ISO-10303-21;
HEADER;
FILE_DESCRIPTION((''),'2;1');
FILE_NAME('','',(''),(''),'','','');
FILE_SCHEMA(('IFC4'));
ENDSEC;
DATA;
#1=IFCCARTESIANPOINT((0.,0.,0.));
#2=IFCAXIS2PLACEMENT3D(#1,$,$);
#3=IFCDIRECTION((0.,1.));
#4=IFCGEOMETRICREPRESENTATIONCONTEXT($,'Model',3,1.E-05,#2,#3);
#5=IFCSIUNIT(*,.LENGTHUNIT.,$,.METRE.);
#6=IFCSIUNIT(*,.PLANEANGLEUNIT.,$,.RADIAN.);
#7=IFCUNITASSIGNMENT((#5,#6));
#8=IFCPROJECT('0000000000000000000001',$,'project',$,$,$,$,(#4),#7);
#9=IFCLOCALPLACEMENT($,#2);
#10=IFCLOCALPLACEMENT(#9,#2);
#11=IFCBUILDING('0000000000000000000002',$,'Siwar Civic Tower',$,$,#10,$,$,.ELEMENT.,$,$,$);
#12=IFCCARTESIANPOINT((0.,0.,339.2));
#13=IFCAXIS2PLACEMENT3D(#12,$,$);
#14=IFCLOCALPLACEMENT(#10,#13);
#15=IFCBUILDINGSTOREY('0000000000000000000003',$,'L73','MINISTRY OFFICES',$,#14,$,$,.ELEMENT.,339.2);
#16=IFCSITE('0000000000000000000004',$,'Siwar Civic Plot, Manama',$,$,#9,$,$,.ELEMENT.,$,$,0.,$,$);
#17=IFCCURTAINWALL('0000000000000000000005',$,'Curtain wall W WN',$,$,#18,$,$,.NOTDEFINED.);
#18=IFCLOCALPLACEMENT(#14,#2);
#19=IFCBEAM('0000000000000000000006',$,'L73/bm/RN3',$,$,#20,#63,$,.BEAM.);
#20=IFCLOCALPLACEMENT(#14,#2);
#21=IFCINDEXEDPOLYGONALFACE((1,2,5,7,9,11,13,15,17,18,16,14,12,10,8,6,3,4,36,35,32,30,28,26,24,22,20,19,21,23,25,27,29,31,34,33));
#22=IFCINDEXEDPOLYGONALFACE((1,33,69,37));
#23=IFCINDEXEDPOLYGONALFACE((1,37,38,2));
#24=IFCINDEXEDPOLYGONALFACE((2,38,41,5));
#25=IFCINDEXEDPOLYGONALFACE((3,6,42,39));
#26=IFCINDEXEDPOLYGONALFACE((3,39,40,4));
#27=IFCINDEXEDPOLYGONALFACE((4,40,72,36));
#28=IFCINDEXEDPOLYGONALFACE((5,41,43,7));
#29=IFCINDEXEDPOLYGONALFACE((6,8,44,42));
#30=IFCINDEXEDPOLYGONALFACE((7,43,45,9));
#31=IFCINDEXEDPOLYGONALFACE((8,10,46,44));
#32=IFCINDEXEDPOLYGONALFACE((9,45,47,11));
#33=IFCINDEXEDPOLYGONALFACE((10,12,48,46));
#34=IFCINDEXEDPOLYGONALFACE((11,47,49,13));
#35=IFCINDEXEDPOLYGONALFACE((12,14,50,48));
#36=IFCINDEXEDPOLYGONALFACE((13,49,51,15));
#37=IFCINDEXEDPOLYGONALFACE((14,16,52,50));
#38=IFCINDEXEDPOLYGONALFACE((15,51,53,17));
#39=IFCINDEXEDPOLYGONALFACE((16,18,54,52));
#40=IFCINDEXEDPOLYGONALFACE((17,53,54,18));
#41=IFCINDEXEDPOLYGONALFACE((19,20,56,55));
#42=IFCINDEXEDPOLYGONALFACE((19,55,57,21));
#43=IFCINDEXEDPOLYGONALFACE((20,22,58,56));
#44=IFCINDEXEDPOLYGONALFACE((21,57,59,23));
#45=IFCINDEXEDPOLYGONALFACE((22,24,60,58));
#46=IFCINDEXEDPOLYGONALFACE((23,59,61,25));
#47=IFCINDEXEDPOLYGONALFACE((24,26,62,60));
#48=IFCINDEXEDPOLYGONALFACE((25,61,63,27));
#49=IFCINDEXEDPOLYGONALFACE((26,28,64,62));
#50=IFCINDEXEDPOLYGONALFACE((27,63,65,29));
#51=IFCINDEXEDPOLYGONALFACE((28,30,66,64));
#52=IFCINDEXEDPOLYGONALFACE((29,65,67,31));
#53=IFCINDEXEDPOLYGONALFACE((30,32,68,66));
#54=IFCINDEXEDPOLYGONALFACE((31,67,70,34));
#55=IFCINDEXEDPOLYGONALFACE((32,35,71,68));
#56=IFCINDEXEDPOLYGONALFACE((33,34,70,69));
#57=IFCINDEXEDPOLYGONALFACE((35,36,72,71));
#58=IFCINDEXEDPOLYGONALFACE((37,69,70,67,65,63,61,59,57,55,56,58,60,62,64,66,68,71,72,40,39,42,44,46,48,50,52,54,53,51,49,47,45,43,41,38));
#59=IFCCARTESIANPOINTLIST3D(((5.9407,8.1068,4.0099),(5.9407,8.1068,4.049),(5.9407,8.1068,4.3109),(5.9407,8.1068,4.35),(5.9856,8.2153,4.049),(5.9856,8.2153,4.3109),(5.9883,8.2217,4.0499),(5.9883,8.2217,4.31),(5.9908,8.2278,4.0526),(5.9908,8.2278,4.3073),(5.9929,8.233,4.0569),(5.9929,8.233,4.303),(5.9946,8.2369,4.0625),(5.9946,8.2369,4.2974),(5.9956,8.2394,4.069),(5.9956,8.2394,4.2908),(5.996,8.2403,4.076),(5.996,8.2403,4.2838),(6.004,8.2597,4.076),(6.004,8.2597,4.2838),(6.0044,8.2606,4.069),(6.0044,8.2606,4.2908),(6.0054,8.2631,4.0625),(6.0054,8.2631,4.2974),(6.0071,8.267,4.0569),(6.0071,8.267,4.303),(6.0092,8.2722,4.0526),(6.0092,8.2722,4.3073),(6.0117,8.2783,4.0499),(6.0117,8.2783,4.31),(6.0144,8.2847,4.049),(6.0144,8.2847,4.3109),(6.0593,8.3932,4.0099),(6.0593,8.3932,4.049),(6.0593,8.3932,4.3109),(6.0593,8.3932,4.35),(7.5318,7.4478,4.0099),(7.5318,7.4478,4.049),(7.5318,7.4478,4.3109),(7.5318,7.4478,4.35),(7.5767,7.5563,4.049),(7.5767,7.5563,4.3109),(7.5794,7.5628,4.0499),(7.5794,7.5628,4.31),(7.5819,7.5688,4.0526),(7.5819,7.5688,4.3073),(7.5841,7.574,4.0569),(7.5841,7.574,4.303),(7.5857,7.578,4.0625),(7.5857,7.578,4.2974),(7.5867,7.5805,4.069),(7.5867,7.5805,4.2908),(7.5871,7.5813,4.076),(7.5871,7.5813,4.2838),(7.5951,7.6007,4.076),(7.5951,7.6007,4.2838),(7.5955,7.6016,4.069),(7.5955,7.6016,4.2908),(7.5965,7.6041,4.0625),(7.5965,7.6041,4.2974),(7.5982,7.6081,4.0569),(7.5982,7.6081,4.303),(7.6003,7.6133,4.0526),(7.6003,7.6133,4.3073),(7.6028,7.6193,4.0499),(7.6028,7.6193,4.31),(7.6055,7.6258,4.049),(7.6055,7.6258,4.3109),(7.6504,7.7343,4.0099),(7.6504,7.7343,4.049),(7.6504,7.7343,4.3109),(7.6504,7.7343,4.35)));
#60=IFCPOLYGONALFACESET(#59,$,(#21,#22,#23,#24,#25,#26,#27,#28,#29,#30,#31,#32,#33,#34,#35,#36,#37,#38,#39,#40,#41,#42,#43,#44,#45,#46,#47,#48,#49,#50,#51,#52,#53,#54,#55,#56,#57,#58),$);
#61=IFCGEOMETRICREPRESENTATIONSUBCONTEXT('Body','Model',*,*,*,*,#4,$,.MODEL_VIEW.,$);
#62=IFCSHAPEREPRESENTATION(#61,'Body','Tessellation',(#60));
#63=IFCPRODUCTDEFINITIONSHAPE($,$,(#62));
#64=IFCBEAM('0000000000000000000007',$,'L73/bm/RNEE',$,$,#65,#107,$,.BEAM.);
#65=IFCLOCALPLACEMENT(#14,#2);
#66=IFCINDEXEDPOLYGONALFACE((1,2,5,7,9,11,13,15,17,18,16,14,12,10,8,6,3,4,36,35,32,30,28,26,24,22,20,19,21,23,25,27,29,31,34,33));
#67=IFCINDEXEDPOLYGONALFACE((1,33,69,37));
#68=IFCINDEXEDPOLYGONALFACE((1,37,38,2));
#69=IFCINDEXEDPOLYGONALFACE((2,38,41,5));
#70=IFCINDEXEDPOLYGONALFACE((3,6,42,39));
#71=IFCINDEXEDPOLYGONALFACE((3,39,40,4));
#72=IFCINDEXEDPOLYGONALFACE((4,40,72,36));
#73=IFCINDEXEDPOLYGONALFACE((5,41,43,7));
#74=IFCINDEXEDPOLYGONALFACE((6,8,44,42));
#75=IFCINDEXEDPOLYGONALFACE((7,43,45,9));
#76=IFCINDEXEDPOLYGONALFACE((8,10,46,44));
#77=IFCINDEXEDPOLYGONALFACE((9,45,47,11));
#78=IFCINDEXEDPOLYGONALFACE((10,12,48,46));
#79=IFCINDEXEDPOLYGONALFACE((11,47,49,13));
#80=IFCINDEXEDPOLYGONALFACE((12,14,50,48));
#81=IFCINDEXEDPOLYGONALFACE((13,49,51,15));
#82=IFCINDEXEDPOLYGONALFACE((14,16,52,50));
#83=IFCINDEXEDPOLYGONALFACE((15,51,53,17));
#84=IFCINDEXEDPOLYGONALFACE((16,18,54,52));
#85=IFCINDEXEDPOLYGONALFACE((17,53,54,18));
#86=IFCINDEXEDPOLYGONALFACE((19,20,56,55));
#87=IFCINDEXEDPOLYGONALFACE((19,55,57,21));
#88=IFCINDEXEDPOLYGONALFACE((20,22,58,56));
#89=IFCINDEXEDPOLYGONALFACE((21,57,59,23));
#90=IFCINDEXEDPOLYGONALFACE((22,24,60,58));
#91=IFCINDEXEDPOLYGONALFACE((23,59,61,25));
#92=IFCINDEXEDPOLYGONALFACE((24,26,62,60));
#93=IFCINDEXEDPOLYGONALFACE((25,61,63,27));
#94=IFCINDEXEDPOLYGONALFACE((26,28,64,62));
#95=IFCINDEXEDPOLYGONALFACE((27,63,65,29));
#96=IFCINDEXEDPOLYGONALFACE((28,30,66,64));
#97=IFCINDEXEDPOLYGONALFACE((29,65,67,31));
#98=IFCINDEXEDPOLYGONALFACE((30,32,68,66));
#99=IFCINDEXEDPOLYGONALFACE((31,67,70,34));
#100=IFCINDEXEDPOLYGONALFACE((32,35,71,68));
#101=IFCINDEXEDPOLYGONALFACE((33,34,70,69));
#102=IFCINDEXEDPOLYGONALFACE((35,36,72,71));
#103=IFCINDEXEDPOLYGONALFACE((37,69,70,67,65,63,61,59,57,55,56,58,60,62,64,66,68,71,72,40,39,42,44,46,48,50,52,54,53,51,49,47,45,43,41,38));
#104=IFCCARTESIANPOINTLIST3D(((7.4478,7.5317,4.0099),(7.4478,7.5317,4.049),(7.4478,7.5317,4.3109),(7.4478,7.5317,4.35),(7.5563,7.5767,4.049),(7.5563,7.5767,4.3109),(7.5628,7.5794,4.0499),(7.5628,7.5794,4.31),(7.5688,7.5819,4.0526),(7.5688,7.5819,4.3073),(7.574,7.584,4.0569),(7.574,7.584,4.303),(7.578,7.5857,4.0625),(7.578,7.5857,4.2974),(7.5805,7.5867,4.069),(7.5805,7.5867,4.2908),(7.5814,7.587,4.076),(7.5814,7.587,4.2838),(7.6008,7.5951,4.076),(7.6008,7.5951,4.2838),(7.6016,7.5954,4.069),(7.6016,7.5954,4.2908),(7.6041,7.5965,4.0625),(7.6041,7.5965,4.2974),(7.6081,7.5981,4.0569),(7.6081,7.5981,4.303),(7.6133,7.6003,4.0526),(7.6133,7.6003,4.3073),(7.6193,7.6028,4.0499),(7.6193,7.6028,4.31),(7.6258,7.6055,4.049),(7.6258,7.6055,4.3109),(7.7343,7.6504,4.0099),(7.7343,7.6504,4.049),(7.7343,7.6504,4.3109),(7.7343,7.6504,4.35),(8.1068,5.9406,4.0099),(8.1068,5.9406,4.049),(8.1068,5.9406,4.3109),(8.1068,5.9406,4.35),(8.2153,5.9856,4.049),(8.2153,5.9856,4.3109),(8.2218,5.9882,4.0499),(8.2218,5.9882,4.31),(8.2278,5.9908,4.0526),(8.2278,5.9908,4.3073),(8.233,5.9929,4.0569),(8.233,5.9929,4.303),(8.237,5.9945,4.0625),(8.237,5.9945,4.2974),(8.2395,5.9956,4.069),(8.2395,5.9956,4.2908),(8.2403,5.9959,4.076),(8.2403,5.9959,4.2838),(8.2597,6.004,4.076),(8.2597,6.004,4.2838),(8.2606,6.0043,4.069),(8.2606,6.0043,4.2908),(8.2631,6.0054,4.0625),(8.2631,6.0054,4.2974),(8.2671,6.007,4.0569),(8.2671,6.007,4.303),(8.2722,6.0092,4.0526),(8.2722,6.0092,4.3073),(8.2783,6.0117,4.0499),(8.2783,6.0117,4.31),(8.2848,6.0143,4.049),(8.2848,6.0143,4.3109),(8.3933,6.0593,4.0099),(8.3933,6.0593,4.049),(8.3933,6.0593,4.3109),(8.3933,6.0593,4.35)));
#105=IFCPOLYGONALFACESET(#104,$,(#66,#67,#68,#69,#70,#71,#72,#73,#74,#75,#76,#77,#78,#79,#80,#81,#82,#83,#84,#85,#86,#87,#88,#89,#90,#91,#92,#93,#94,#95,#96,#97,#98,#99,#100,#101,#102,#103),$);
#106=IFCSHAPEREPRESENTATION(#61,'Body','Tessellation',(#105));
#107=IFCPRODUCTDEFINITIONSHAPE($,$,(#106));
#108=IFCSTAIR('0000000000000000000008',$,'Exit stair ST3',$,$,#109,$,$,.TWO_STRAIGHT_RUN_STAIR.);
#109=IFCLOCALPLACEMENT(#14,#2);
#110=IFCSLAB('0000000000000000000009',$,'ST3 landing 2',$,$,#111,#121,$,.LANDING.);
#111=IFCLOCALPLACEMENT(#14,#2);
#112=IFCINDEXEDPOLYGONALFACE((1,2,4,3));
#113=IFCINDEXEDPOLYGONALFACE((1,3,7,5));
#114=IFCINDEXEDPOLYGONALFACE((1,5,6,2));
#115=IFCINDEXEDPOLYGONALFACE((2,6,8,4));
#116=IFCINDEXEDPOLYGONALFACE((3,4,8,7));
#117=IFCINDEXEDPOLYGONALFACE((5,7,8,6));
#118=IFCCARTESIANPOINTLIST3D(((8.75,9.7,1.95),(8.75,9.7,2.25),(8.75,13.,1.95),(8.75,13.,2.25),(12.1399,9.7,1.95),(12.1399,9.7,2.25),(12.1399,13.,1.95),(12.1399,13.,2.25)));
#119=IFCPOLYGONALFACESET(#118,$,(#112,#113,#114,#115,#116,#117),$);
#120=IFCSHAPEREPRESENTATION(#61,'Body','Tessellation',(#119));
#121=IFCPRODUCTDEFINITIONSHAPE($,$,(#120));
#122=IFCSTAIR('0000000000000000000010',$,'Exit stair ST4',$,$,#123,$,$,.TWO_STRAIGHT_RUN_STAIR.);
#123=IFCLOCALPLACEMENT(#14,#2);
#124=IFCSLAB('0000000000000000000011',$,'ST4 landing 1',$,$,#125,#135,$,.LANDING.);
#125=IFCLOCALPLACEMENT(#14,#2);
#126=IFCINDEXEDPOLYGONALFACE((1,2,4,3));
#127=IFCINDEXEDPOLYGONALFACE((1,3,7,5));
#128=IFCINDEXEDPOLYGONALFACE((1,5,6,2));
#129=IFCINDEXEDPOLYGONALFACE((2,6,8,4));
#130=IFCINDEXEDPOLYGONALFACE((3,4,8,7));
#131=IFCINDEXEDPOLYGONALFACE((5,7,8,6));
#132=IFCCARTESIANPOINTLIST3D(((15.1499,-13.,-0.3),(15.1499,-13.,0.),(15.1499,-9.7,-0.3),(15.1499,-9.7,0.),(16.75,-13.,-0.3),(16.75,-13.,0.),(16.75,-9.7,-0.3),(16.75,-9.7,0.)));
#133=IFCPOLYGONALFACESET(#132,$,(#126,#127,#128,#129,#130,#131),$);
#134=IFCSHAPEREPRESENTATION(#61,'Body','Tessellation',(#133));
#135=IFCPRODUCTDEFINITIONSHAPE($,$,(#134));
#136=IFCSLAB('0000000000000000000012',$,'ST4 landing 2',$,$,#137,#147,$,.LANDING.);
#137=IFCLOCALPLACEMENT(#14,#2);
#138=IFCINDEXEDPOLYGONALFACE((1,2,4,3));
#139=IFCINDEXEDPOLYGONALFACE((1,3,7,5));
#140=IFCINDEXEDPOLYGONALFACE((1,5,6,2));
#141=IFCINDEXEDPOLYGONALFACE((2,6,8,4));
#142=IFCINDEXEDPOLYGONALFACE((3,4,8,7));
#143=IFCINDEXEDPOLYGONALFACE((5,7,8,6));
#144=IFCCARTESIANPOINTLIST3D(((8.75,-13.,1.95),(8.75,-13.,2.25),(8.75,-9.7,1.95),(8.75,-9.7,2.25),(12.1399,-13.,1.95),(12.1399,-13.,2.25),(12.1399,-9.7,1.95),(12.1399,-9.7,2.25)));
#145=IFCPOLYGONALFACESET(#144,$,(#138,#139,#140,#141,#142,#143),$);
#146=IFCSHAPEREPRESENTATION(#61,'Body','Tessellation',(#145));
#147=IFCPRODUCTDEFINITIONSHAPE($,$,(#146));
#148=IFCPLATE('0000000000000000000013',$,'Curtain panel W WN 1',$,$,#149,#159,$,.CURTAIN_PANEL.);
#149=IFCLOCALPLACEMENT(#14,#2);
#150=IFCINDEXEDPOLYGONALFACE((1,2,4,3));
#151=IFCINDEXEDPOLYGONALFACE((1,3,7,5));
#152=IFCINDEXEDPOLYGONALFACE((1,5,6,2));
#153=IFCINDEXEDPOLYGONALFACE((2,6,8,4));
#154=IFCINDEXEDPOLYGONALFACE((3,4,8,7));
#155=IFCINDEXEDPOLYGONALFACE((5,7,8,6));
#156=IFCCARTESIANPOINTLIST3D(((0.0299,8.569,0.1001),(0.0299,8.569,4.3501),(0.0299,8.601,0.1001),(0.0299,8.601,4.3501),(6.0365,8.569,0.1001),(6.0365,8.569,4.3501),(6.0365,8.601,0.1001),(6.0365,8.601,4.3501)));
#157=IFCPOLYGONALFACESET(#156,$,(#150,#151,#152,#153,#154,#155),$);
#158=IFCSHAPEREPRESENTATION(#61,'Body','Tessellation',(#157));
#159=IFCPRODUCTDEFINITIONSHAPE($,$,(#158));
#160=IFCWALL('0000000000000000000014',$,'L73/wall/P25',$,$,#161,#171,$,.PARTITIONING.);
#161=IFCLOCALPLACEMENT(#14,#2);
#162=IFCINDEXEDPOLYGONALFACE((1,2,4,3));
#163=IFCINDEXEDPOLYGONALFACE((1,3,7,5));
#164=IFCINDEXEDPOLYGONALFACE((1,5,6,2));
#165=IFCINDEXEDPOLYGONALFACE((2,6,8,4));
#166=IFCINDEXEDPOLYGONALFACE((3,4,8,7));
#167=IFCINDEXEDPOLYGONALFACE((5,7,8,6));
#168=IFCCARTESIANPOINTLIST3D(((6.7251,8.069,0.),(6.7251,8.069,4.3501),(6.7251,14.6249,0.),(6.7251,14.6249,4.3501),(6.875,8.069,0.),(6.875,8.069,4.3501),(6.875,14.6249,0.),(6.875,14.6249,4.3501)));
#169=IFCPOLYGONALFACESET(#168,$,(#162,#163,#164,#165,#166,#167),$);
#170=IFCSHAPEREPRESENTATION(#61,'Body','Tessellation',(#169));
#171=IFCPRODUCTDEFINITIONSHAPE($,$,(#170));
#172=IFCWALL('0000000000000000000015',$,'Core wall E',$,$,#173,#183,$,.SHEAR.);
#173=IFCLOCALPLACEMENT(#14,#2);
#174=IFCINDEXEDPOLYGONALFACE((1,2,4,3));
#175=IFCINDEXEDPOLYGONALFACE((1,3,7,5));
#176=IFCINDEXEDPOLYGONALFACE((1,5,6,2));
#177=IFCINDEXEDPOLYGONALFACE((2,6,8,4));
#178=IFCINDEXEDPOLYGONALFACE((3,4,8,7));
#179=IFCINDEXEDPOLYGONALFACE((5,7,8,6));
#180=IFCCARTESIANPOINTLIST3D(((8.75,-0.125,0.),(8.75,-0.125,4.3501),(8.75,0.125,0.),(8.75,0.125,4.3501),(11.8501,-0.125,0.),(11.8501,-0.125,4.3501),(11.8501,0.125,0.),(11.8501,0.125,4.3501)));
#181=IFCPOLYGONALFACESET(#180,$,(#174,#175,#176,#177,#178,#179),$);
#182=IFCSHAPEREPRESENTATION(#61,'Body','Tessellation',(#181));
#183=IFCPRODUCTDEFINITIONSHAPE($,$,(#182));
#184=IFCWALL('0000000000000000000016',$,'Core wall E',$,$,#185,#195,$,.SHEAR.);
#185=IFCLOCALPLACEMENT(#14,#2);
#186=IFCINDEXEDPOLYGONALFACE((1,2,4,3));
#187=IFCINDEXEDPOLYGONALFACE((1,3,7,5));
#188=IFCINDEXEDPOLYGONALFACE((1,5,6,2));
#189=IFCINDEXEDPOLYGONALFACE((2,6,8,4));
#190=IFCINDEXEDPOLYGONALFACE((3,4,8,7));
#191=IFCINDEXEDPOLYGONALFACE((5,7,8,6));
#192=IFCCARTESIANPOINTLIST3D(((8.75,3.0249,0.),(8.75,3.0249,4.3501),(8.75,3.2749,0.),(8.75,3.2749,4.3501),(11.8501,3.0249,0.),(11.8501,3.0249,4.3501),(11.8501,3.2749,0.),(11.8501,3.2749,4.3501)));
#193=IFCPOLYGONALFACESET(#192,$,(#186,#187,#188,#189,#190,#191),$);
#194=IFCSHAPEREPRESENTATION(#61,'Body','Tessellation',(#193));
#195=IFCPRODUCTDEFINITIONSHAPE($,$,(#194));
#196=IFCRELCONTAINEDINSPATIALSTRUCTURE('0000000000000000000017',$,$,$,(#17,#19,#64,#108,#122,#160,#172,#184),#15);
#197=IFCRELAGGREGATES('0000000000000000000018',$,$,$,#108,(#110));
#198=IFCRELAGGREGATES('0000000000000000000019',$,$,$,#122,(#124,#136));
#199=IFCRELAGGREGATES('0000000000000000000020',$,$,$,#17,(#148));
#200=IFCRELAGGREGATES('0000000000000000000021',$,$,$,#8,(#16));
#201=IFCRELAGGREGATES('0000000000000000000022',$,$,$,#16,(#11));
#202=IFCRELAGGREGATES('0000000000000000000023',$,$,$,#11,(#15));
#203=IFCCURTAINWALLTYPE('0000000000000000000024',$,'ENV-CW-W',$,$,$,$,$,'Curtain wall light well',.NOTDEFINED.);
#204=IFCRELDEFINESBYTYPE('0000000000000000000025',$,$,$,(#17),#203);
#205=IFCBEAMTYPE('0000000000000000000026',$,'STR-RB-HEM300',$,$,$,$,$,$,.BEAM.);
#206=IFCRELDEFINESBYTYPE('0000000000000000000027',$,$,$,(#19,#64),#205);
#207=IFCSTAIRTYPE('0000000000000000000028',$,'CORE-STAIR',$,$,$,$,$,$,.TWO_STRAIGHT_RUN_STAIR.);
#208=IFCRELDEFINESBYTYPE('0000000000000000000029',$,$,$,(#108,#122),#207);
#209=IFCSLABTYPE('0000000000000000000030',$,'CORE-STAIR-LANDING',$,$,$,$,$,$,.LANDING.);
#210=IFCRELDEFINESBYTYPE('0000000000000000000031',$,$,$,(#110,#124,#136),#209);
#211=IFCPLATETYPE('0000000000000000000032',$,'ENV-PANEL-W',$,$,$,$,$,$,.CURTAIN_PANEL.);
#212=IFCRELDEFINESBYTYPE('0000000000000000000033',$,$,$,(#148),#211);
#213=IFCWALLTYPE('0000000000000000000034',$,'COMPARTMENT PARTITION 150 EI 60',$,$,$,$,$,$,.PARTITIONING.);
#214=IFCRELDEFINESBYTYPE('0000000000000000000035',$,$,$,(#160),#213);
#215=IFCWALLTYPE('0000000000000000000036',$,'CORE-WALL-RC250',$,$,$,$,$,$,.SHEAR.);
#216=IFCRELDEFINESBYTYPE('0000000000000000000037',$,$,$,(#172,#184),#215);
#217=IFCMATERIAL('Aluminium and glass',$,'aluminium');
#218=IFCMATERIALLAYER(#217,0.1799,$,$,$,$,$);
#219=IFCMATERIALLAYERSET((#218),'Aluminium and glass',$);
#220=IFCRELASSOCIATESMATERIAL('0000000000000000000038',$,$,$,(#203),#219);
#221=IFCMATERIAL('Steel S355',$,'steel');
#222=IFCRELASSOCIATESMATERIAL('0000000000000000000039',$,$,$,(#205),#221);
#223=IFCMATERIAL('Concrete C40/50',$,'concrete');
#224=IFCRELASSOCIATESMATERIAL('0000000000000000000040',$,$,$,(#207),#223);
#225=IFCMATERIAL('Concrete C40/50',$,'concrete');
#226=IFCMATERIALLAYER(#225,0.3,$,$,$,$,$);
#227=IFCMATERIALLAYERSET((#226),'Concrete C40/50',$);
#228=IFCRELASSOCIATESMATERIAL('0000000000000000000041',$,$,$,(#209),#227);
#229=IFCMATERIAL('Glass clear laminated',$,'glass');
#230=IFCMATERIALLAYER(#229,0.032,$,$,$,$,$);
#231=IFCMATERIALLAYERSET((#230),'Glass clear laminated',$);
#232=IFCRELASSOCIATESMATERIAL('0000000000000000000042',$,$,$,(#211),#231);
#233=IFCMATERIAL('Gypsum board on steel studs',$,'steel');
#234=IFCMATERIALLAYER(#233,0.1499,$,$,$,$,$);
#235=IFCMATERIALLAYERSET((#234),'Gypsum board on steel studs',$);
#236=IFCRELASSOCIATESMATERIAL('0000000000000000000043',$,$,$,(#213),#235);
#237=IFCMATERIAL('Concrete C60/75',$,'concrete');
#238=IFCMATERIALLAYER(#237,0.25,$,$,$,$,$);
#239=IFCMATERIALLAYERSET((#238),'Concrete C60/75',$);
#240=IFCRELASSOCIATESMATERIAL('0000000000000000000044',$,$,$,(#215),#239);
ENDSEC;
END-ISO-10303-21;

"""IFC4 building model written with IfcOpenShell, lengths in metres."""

from ifc_helpers import new_model, si_unit, direction, frame, frame_2d, origin, origin_2d, place, context, subcontext, project, spatial, polyline, rectangle, i_section, outline, extrude, material, layer, layer_set, material_profile, profile_set, type_object, element, aggregate, save


model = new_model("IFC4")

# Units and contexts
model_context = context("Model", 3, precision=1e-05, world=origin(), true_north=direction((0.0, 1.0)))
body_context = subcontext(model_context, "Body", "Model", "MODEL_VIEW")
ifc_project = project(units=[si_unit("LENGTHUNIT", "METRE"), si_unit("PLANEANGLEUNIT", "RADIAN")], contexts=[model_context])

# Site, building, storey
site_placement = place(None, origin())
site = spatial("IfcSite", under=ifc_project, at=site_placement, Name="Siwar Civic Plot, Manama", CompositionType="ELEMENT", RefElevation=0.0)
building_placement = place(site_placement, origin())
building = spatial("IfcBuilding", under=site, at=building_placement, Name="Siwar Civic Tower", CompositionType="ELEMENT")
storey_placement = place(building_placement, frame((0.0, 0.0, 339.2)))
storey = spatial("IfcBuildingStorey", under=building, at=storey_placement, Name="L73", Description="MINISTRY OFFICES", CompositionType="ELEMENT", Elevation=339.2)

# Curtain wall
ifc_material_1 = material(Name="Aluminium and glass", Category="aluminium")
ifc_layer_1 = layer(ifc_material_1, 0.1799)
ifc_layer_set_1 = layer_set([ifc_layer_1], Name="Aluminium and glass")
curtain_wall_type = type_object("IfcCurtainWallType", Name="ENV-CW-W", ElementType="Curtain wall light well", PredefinedType="NOTDEFINED", material=ifc_layer_set_1)
curtain_wall_placement = place(storey_placement, origin())
curtain_wall = element("IfcCurtainWall", 1, at=curtain_wall_placement, inside=storey, type_object=curtain_wall_type, Name="Curtain wall W WN", PredefinedType="NOTDEFINED")

# Beams
ifc_material_2 = material(Name="Steel S355", Category="steel")
ifc_material_profile_1 = material_profile(ifc_material_2, i_section(OverallWidth=0.3101, OverallDepth=0.3401, WebThickness=0.021, FlangeThickness=0.0391, FilletRadius=0.0271, at=origin_2d()), Name="HEM300")
ifc_profile_set_1 = profile_set([ifc_material_profile_1], Name="Steel S355")
beam_type_1 = type_object("IfcBeamType", Name="STR-RB-HEM300", PredefinedType="BEAM", material=ifc_profile_set_1)
for number, where, z_axis, x_axis, name in (
    (2, (6.0, 8.25, 4.1799), (0.923901, -0.382631, 0.0), (0.382631, 0.923901, 0.0), "L73/bm/RN3"),
    (3, (7.5911, 7.5911, 4.1799), (0.382631, -0.923901, 0.0), (0.923901, 0.382631, 0.0), "L73/bm/RNEE"),
):
    element("IfcBeam", number, at=place(storey_placement, frame(where, z_axis=z_axis, x_axis=x_axis)), inside=storey, type_object=beam_type_1, Name=name, PredefinedType="BEAM", context=body_context, shape_type="SweptSolid", body=[
        extrude(i_section(OverallWidth=0.3101, OverallDepth=0.3401, WebThickness=0.021, FlangeThickness=0.0391, FilletRadius=0.0271, at=origin_2d()), origin(), (0.0, 0.0, 1.0), 1.7222),
    ])

# Stair, slab
ifc_material_3 = material(Name="Concrete C40/50", Category="concrete")
stair_type = type_object("IfcStairType", Name="CORE-STAIR", PredefinedType="TWO_STRAIGHT_RUN_STAIR", material=ifc_material_3)
stair_1_placement = place(storey_placement, origin())
stair_1 = element("IfcStair", 4, at=stair_1_placement, inside=storey, type_object=stair_type, Name="Exit stair ST3", PredefinedType="TWO_STRAIGHT_RUN_STAIR")
ifc_material_4 = material(Name="Concrete C40/50", Category="concrete")
ifc_layer_2 = layer(ifc_material_4, 0.3)
ifc_layer_set_2 = layer_set([ifc_layer_2], Name="Concrete C40/50")
slab_type_1 = type_object("IfcSlabType", Name="CORE-STAIR-LANDING", PredefinedType="LANDING", material=ifc_layer_set_2)
slab_1_placement = place(storey_placement, frame((0.0, 0.0, 1.95)))
slab_1 = element("IfcSlab", 5, at=slab_1_placement, type_object=slab_type_1, Name="ST3 landing 2", PredefinedType="LANDING", context=body_context, shape_type="SweptSolid", body=[
    extrude(outline(polyline([(8.75, 9.7), (12.1399, 9.7), (12.1399, 13.0), (8.75, 13.0), (8.75, 9.7)])), origin(), (0.0, 0.0, 1.0), 0.3),
])
aggregate(stair_1, [slab_1])

# Stair, slabs
stair_2_placement = place(storey_placement, origin())
stair_2 = element("IfcStair", 6, at=stair_2_placement, inside=storey, type_object=stair_type, Name="Exit stair ST4", PredefinedType="TWO_STRAIGHT_RUN_STAIR")
slab_2_placement = place(storey_placement, frame((0.0, 0.0, -0.3)))
slab_2 = element("IfcSlab", 7, at=slab_2_placement, type_object=slab_type_1, Name="ST4 landing 1", PredefinedType="LANDING", context=body_context, shape_type="SweptSolid", body=[
    extrude(outline(polyline([(15.1499, -13.0), (16.75, -13.0), (16.75, -9.7), (15.1499, -9.7), (15.1499, -13.0)])), origin(), (0.0, 0.0, 1.0), 0.3),
])
slab_3_placement = place(storey_placement, frame((0.0, 0.0, 1.95)))
slab_3 = element("IfcSlab", 8, at=slab_3_placement, type_object=slab_type_1, Name="ST4 landing 2", PredefinedType="LANDING", context=body_context, shape_type="SweptSolid", body=[
    extrude(outline(polyline([(8.75, -13.0), (12.1399, -13.0), (12.1399, -9.7), (8.75, -9.7), (8.75, -13.0)])), origin(), (0.0, 0.0, 1.0), 0.3),
])
aggregate(stair_2, [slab_2, slab_3])

# Plate
ifc_material_5 = material(Name="Glass clear laminated", Category="glass")
ifc_layer_3 = layer(ifc_material_5, 0.032)
ifc_layer_set_3 = layer_set([ifc_layer_3], Name="Glass clear laminated")
plate_type = type_object("IfcPlateType", Name="ENV-PANEL-W", PredefinedType="CURTAIN_PANEL", material=ifc_layer_set_3)
plate_placement = place(storey_placement, frame((3.0332, 8.585, 0.1001), z_axis=(0.0, 0.0, 1.0), x_axis=(-1.0, 0.0, 0.0)))
plate = element("IfcPlate", 9, at=plate_placement, type_object=plate_type, Name="Curtain panel W WN 1", PredefinedType="CURTAIN_PANEL", context=body_context, shape_type="SweptSolid", body=[
    extrude(rectangle(XDim=6.0066, YDim=0.032, at=origin_2d()), origin(), (0.0, 0.0, 1.0), 4.25),
])
aggregate(curtain_wall, [plate])

# Walls
ifc_material_6 = material(Name="Gypsum board on steel studs", Category="steel")
ifc_layer_4 = layer(ifc_material_6, 0.1499)
ifc_layer_set_4 = layer_set([ifc_layer_4], Name="Gypsum board on steel studs")
wall_type_1 = type_object("IfcWallType", Name="COMPARTMENT PARTITION 150 EI 60", PredefinedType="PARTITIONING", material=ifc_layer_set_4)
wall_1_placement = place(storey_placement, frame((6.8, 8.0691, 0.0), z_axis=(0.0, 0.0, 1.0), x_axis=(0.0, 1.0, 0.0)))
element("IfcWall", 10, at=wall_1_placement, inside=storey, type_object=wall_type_1, Name="L73/wall/P25", PredefinedType="PARTITIONING", context=body_context, shape_type="SweptSolid", body=[
    extrude(rectangle(XDim=6.5559, YDim=0.1499, at=frame_2d((3.2778, 0.0))), origin(), (0.0, 0.0, 1.0), 4.3501),
])
ifc_material_7 = material(Name="Concrete C60/75", Category="concrete")
ifc_layer_5 = layer(ifc_material_7, 0.25)
ifc_layer_set_5 = layer_set([ifc_layer_5], Name="Concrete C60/75")
wall_type_2 = type_object("IfcWallType", Name="CORE-WALL-RC250", PredefinedType="SHEAR", material=ifc_layer_set_5)
for number, where, z_axis, x_axis, name in (
    (11, (8.75, 0.0, 0.0), (0.0, 0.0, 1.0), (1.0, 0.0, 0.0), "Core wall E"),
    (12, (8.75, 3.1499, 0.0), (0.0, 0.0, 1.0), (1.0, 0.0, 0.0), "Core wall E"),
):
    element("IfcWall", number, at=place(storey_placement, frame(where, z_axis=z_axis, x_axis=x_axis)), inside=storey, type_object=wall_type_2, Name=name, PredefinedType="SHEAR", context=body_context, shape_type="SweptSolid", body=[
        extrude(rectangle(XDim=3.1001, YDim=0.25, at=frame_2d((1.55, 0.0))), origin(), (0.0, 0.0, 1.0), 4.3501),
    ])

save(model, "model.ifc")
